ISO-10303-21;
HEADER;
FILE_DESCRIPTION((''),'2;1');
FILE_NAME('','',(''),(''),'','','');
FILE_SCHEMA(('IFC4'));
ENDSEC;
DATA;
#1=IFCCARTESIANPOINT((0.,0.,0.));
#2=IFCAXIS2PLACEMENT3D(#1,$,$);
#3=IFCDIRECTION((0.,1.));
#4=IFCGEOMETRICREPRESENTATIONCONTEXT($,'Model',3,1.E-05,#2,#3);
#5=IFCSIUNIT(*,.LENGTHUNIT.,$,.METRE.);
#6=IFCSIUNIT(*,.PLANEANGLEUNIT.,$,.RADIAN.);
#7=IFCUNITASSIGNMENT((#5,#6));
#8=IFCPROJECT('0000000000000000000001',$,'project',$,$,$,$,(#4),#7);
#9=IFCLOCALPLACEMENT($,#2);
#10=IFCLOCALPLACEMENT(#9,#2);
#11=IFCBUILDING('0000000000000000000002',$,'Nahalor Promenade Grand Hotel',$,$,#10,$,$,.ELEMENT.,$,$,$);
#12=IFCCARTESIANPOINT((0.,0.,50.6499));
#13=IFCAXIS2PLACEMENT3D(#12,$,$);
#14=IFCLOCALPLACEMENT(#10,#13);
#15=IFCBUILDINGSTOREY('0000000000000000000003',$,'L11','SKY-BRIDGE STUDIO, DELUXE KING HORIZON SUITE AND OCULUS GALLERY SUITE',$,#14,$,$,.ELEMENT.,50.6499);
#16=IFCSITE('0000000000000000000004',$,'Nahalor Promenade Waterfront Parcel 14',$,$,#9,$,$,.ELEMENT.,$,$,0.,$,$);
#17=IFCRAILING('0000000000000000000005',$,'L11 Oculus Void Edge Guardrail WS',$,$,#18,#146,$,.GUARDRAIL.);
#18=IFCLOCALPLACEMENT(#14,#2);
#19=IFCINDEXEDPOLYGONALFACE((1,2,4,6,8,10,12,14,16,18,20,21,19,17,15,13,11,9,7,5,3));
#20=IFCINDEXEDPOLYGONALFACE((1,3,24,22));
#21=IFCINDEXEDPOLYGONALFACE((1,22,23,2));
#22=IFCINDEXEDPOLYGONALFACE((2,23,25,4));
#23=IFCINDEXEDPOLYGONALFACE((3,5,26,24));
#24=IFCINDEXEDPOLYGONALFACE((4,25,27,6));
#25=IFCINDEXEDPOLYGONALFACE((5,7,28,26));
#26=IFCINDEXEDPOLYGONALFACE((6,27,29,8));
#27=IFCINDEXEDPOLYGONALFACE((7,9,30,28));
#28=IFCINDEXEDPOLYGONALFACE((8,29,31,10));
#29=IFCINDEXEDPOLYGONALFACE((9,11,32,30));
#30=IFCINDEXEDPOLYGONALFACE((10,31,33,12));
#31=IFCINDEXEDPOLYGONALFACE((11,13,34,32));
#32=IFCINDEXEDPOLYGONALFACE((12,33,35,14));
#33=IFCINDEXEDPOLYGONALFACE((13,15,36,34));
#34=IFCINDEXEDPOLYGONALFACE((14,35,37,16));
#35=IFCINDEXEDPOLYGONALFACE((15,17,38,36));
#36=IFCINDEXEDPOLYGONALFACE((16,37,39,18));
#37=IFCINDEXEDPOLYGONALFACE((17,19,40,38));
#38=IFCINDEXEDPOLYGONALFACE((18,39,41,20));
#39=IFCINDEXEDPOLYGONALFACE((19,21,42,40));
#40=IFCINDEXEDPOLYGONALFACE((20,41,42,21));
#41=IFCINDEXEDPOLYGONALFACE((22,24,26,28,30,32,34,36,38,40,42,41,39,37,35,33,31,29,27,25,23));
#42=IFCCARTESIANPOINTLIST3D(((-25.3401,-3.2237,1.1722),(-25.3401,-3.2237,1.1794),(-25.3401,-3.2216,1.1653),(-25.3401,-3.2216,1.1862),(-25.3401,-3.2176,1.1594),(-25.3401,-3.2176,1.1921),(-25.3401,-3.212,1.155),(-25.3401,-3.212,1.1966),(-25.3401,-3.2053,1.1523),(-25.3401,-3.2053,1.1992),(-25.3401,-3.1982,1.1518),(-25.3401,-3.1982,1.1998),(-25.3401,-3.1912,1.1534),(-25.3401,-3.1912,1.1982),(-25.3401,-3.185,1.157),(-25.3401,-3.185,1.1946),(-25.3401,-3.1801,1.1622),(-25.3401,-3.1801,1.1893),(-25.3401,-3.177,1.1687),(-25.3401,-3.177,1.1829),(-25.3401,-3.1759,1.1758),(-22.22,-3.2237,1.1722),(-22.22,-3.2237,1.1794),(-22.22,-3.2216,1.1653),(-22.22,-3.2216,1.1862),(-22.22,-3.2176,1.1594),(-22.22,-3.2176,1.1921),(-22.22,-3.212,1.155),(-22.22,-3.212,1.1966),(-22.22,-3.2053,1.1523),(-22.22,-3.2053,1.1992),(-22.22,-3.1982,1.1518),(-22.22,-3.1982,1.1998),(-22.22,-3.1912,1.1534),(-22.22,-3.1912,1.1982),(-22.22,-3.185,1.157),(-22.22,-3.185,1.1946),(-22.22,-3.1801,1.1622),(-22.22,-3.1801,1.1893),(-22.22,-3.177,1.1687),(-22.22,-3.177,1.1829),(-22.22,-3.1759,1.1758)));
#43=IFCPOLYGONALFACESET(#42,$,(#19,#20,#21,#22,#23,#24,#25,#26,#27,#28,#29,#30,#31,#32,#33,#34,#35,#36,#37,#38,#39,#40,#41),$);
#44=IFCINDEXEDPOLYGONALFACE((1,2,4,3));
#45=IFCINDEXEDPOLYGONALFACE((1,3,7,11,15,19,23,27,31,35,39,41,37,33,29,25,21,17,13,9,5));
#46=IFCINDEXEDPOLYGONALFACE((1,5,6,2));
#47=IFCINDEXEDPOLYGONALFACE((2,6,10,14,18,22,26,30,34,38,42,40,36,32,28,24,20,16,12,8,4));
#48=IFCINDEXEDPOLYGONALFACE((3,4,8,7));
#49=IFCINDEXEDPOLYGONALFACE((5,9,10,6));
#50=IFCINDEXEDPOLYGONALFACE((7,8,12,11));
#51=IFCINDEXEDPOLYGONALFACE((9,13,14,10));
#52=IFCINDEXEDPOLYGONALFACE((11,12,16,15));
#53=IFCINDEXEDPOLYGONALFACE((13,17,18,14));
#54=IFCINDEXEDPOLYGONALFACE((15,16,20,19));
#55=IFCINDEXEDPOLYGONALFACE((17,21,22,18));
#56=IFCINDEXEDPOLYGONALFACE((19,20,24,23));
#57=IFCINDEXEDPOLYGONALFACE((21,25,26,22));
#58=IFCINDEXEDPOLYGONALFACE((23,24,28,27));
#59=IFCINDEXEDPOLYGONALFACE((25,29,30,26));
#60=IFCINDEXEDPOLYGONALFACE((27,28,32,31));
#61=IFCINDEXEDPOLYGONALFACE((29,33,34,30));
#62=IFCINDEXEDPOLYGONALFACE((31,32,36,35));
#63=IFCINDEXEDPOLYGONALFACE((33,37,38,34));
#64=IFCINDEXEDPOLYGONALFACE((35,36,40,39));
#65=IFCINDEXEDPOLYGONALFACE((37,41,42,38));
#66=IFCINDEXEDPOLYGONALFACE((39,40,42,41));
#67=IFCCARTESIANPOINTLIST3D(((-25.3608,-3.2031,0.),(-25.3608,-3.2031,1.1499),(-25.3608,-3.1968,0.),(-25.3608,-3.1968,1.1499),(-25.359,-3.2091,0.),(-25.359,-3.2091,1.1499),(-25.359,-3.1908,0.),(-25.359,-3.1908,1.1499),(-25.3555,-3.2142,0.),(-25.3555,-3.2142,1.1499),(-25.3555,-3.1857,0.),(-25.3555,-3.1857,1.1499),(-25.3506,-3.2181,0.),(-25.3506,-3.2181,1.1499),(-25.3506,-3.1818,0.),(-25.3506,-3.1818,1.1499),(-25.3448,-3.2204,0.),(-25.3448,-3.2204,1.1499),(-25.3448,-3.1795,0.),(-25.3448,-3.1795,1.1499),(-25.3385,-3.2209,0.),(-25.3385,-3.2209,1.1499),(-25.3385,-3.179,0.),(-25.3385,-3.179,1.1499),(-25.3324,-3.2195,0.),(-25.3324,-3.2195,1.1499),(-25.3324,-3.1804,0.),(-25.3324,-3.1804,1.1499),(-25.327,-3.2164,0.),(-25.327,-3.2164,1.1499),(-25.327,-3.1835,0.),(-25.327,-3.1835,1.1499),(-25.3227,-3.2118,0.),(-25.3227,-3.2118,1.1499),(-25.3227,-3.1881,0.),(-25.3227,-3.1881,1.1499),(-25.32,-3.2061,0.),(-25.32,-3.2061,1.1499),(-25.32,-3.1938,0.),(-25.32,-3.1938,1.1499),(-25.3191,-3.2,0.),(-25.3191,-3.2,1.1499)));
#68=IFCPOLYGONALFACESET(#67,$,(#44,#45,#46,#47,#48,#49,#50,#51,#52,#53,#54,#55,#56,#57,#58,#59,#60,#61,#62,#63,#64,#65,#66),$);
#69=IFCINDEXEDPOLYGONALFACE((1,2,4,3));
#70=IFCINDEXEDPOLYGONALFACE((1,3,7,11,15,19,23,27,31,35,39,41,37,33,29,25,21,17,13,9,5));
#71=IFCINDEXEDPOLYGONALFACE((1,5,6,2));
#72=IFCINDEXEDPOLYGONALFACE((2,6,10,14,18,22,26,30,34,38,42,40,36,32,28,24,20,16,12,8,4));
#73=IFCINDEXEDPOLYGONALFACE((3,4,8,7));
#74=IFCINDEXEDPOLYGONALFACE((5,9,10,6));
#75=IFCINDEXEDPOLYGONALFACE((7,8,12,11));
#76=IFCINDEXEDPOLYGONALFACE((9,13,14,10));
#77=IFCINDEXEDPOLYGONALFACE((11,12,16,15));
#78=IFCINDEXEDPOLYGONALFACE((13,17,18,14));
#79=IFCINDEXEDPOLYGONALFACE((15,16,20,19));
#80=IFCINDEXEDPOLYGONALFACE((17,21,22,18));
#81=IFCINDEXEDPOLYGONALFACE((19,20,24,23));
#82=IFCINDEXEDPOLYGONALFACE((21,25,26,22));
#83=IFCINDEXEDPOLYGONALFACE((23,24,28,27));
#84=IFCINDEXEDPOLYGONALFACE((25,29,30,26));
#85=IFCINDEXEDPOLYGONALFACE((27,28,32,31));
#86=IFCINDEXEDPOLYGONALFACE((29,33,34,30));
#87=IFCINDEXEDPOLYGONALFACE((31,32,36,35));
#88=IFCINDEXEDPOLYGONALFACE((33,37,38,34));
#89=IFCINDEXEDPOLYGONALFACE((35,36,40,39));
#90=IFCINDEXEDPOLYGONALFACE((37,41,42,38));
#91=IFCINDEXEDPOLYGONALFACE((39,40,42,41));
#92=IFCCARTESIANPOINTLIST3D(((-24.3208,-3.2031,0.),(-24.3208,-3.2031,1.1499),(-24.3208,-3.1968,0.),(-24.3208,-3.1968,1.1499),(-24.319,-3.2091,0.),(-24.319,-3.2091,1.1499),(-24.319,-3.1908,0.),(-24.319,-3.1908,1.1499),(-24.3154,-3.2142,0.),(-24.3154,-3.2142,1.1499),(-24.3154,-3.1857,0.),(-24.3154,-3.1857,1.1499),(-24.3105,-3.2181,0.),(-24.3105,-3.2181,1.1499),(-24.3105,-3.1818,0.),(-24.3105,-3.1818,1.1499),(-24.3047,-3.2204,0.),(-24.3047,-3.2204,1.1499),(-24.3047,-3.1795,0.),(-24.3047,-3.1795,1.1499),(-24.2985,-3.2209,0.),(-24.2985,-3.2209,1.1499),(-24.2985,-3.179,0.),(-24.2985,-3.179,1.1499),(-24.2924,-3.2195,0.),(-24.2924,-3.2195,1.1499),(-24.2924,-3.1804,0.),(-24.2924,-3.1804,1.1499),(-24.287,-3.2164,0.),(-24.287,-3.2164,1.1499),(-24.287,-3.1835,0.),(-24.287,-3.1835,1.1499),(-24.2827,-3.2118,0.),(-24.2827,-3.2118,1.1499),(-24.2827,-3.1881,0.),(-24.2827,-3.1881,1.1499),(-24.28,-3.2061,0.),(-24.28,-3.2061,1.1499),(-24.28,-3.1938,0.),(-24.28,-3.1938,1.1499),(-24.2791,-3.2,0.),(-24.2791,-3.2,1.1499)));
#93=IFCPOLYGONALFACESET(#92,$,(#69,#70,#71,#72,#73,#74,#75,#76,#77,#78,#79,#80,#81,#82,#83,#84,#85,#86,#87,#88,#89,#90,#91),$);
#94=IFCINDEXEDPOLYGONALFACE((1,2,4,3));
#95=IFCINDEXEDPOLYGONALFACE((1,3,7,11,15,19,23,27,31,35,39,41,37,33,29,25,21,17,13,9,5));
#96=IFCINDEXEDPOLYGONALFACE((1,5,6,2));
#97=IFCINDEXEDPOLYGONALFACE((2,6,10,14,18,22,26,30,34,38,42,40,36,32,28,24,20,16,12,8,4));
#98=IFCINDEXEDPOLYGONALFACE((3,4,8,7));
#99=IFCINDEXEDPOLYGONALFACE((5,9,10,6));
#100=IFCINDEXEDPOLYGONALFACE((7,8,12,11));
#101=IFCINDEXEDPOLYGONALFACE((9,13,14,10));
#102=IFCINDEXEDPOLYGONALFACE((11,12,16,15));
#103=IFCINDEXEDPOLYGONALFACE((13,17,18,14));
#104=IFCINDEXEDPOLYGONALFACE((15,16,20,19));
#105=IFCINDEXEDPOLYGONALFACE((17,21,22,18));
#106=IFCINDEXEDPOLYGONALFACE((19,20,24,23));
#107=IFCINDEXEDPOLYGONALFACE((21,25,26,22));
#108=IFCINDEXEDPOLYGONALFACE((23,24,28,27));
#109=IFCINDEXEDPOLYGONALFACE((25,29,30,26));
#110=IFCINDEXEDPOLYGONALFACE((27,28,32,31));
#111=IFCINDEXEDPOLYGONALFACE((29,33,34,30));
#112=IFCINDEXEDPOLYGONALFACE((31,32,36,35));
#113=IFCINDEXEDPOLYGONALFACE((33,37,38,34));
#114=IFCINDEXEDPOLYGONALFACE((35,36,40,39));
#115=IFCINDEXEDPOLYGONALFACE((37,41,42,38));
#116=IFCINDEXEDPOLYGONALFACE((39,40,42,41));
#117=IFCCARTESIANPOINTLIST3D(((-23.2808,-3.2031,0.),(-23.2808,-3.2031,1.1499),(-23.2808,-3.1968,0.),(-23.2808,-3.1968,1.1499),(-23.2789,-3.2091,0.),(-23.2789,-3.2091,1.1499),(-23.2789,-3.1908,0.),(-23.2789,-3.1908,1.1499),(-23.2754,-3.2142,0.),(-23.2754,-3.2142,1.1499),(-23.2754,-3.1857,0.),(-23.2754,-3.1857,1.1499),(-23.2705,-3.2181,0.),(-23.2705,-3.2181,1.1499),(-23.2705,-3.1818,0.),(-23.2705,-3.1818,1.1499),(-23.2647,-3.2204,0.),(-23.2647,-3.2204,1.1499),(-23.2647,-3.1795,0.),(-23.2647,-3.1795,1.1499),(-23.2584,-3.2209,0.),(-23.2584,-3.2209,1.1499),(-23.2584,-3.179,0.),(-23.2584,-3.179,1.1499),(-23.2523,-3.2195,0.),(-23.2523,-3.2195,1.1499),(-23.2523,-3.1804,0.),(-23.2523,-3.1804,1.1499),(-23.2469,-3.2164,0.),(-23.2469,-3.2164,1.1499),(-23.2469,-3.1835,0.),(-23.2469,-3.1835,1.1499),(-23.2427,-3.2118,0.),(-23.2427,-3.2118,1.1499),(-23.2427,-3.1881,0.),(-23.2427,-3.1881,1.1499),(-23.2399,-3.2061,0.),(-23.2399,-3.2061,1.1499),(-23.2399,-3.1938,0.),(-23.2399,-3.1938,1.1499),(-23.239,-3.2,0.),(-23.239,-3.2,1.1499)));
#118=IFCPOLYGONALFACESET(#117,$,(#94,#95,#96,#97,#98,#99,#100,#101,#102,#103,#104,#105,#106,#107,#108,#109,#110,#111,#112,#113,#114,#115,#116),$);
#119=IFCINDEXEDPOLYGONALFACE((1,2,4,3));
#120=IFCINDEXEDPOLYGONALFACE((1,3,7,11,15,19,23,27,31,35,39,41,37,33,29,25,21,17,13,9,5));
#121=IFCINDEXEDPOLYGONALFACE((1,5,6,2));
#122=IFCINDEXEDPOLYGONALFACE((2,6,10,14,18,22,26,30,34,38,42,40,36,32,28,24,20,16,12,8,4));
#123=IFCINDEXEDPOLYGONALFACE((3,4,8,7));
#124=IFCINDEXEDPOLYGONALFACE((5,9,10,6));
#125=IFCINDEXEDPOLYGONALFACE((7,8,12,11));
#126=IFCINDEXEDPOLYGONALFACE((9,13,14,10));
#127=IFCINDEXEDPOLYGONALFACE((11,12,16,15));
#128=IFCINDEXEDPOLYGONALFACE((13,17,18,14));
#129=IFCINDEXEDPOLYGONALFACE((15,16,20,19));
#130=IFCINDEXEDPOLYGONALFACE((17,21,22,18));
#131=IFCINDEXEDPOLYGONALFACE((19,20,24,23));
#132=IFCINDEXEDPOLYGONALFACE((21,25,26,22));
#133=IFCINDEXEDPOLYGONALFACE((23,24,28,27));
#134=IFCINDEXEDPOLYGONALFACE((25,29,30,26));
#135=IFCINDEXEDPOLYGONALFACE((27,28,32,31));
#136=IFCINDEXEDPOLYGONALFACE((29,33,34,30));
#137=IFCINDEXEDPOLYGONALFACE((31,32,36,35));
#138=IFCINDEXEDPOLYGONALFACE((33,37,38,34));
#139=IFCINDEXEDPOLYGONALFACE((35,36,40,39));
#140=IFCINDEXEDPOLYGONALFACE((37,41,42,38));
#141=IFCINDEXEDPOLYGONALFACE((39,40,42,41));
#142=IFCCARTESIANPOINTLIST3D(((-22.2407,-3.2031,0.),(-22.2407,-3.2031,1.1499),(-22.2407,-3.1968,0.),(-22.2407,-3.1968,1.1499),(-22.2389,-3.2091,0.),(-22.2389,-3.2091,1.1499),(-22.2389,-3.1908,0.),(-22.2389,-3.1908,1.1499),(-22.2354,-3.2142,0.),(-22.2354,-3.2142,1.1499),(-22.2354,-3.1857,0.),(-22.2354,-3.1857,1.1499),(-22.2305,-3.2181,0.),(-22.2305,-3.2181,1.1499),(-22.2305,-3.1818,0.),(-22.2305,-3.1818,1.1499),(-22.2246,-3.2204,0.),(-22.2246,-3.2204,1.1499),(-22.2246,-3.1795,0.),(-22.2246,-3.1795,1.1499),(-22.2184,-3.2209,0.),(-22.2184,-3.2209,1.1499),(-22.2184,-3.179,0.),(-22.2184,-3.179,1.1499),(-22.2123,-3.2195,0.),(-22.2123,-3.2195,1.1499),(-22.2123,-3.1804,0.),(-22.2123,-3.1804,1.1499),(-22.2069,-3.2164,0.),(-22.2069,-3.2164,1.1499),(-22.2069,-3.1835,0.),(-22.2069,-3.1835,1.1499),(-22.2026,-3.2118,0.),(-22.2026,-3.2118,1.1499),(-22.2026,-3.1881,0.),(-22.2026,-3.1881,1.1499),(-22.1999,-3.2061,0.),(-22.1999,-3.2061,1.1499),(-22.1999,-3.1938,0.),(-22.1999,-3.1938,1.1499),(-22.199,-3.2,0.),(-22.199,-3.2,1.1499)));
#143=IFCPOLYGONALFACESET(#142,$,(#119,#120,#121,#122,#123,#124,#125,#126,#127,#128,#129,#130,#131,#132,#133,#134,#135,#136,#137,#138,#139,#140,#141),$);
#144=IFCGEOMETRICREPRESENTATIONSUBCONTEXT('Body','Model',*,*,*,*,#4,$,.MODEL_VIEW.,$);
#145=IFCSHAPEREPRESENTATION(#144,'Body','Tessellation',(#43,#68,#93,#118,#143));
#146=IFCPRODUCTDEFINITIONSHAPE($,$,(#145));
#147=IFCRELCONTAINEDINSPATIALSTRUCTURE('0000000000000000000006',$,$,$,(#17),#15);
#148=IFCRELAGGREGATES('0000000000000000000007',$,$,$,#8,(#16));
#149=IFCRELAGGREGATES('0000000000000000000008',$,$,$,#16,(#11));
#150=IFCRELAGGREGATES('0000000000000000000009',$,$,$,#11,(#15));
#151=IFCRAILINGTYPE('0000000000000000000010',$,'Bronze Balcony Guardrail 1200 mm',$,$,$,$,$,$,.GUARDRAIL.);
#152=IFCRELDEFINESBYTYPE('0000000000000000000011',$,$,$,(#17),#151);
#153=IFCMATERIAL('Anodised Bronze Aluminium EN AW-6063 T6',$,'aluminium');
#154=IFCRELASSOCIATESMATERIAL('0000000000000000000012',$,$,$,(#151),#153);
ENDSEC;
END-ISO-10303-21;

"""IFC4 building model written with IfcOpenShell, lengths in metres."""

from ifc_helpers import new_model, si_unit, direction, frame, origin, origin_2d, place, context, subcontext, project, spatial, circle, extrude, material, type_object, element, save


model = new_model("IFC4")

# Units and contexts
model_context = context("Model", 3, precision=1e-05, world=origin(), true_north=direction((0.0, 1.0)))
body_context = subcontext(model_context, "Body", "Model", "MODEL_VIEW")
ifc_project = project(units=[si_unit("LENGTHUNIT", "METRE"), si_unit("PLANEANGLEUNIT", "RADIAN")], contexts=[model_context])

# Site, building, storey
site_placement = place(None, origin())
site = spatial("IfcSite", under=ifc_project, at=site_placement, Name="Nahalor Promenade Waterfront Parcel 14", CompositionType="ELEMENT", RefElevation=0.0)
building_placement = place(site_placement, origin())
building = spatial("IfcBuilding", under=site, at=building_placement, Name="Nahalor Promenade Grand Hotel", CompositionType="ELEMENT")
storey_placement = place(building_placement, frame((0.0, 0.0, 50.6499)))
storey = spatial("IfcBuildingStorey", under=building, at=storey_placement, Name="L11", Description="SKY-BRIDGE STUDIO, DELUXE KING HORIZON SUITE AND OCULUS GALLERY SUITE", CompositionType="ELEMENT", Elevation=50.6499)

# Shared definitions
ifc_material_1 = material(Name="Anodised Bronze Aluminium EN AW-6063 T6", Category="aluminium")

# Railing
railing_type = type_object("IfcRailingType", Name="Bronze Balcony Guardrail 1200 mm", PredefinedType="GUARDRAIL", material=ifc_material_1)
for number, where, name in (
    (1, (-25.3401, -3.2, 0.0), "L11 Oculus Void Edge Guardrail WS"),
):
    element("IfcRailing", number, at=place(storey_placement, frame(where)), inside=storey, type_object=railing_type, Name=name, PredefinedType="GUARDRAIL", context=body_context, shape_type="SweptSolid", body=[
        extrude(circle(Radius=0.024, at=origin_2d()), frame((0.0, 0.0, 1.1758), z_axis=(1.0, 0.0, 0.0), x_axis=(0.0, 1.0, 0.0)), (0.0, 0.0, 1.0), 3.1201),
        extrude(circle(Radius=0.021, at=origin_2d()), origin(), (0.0, 0.0, 1.0), 1.1499),
        extrude(circle(Radius=0.021, at=origin_2d()), frame((1.04, 0.0, 0.0)), (0.0, 0.0, 1.0), 1.1499),
        extrude(circle(Radius=0.021, at=origin_2d()), frame((2.0801, 0.0, 0.0)), (0.0, 0.0, 1.0), 1.1499),
        extrude(circle(Radius=0.021, at=origin_2d()), frame((3.1201, 0.0, 0.0)), (0.0, 0.0, 1.0), 1.1499),
    ])

save(model, "model.ifc")
